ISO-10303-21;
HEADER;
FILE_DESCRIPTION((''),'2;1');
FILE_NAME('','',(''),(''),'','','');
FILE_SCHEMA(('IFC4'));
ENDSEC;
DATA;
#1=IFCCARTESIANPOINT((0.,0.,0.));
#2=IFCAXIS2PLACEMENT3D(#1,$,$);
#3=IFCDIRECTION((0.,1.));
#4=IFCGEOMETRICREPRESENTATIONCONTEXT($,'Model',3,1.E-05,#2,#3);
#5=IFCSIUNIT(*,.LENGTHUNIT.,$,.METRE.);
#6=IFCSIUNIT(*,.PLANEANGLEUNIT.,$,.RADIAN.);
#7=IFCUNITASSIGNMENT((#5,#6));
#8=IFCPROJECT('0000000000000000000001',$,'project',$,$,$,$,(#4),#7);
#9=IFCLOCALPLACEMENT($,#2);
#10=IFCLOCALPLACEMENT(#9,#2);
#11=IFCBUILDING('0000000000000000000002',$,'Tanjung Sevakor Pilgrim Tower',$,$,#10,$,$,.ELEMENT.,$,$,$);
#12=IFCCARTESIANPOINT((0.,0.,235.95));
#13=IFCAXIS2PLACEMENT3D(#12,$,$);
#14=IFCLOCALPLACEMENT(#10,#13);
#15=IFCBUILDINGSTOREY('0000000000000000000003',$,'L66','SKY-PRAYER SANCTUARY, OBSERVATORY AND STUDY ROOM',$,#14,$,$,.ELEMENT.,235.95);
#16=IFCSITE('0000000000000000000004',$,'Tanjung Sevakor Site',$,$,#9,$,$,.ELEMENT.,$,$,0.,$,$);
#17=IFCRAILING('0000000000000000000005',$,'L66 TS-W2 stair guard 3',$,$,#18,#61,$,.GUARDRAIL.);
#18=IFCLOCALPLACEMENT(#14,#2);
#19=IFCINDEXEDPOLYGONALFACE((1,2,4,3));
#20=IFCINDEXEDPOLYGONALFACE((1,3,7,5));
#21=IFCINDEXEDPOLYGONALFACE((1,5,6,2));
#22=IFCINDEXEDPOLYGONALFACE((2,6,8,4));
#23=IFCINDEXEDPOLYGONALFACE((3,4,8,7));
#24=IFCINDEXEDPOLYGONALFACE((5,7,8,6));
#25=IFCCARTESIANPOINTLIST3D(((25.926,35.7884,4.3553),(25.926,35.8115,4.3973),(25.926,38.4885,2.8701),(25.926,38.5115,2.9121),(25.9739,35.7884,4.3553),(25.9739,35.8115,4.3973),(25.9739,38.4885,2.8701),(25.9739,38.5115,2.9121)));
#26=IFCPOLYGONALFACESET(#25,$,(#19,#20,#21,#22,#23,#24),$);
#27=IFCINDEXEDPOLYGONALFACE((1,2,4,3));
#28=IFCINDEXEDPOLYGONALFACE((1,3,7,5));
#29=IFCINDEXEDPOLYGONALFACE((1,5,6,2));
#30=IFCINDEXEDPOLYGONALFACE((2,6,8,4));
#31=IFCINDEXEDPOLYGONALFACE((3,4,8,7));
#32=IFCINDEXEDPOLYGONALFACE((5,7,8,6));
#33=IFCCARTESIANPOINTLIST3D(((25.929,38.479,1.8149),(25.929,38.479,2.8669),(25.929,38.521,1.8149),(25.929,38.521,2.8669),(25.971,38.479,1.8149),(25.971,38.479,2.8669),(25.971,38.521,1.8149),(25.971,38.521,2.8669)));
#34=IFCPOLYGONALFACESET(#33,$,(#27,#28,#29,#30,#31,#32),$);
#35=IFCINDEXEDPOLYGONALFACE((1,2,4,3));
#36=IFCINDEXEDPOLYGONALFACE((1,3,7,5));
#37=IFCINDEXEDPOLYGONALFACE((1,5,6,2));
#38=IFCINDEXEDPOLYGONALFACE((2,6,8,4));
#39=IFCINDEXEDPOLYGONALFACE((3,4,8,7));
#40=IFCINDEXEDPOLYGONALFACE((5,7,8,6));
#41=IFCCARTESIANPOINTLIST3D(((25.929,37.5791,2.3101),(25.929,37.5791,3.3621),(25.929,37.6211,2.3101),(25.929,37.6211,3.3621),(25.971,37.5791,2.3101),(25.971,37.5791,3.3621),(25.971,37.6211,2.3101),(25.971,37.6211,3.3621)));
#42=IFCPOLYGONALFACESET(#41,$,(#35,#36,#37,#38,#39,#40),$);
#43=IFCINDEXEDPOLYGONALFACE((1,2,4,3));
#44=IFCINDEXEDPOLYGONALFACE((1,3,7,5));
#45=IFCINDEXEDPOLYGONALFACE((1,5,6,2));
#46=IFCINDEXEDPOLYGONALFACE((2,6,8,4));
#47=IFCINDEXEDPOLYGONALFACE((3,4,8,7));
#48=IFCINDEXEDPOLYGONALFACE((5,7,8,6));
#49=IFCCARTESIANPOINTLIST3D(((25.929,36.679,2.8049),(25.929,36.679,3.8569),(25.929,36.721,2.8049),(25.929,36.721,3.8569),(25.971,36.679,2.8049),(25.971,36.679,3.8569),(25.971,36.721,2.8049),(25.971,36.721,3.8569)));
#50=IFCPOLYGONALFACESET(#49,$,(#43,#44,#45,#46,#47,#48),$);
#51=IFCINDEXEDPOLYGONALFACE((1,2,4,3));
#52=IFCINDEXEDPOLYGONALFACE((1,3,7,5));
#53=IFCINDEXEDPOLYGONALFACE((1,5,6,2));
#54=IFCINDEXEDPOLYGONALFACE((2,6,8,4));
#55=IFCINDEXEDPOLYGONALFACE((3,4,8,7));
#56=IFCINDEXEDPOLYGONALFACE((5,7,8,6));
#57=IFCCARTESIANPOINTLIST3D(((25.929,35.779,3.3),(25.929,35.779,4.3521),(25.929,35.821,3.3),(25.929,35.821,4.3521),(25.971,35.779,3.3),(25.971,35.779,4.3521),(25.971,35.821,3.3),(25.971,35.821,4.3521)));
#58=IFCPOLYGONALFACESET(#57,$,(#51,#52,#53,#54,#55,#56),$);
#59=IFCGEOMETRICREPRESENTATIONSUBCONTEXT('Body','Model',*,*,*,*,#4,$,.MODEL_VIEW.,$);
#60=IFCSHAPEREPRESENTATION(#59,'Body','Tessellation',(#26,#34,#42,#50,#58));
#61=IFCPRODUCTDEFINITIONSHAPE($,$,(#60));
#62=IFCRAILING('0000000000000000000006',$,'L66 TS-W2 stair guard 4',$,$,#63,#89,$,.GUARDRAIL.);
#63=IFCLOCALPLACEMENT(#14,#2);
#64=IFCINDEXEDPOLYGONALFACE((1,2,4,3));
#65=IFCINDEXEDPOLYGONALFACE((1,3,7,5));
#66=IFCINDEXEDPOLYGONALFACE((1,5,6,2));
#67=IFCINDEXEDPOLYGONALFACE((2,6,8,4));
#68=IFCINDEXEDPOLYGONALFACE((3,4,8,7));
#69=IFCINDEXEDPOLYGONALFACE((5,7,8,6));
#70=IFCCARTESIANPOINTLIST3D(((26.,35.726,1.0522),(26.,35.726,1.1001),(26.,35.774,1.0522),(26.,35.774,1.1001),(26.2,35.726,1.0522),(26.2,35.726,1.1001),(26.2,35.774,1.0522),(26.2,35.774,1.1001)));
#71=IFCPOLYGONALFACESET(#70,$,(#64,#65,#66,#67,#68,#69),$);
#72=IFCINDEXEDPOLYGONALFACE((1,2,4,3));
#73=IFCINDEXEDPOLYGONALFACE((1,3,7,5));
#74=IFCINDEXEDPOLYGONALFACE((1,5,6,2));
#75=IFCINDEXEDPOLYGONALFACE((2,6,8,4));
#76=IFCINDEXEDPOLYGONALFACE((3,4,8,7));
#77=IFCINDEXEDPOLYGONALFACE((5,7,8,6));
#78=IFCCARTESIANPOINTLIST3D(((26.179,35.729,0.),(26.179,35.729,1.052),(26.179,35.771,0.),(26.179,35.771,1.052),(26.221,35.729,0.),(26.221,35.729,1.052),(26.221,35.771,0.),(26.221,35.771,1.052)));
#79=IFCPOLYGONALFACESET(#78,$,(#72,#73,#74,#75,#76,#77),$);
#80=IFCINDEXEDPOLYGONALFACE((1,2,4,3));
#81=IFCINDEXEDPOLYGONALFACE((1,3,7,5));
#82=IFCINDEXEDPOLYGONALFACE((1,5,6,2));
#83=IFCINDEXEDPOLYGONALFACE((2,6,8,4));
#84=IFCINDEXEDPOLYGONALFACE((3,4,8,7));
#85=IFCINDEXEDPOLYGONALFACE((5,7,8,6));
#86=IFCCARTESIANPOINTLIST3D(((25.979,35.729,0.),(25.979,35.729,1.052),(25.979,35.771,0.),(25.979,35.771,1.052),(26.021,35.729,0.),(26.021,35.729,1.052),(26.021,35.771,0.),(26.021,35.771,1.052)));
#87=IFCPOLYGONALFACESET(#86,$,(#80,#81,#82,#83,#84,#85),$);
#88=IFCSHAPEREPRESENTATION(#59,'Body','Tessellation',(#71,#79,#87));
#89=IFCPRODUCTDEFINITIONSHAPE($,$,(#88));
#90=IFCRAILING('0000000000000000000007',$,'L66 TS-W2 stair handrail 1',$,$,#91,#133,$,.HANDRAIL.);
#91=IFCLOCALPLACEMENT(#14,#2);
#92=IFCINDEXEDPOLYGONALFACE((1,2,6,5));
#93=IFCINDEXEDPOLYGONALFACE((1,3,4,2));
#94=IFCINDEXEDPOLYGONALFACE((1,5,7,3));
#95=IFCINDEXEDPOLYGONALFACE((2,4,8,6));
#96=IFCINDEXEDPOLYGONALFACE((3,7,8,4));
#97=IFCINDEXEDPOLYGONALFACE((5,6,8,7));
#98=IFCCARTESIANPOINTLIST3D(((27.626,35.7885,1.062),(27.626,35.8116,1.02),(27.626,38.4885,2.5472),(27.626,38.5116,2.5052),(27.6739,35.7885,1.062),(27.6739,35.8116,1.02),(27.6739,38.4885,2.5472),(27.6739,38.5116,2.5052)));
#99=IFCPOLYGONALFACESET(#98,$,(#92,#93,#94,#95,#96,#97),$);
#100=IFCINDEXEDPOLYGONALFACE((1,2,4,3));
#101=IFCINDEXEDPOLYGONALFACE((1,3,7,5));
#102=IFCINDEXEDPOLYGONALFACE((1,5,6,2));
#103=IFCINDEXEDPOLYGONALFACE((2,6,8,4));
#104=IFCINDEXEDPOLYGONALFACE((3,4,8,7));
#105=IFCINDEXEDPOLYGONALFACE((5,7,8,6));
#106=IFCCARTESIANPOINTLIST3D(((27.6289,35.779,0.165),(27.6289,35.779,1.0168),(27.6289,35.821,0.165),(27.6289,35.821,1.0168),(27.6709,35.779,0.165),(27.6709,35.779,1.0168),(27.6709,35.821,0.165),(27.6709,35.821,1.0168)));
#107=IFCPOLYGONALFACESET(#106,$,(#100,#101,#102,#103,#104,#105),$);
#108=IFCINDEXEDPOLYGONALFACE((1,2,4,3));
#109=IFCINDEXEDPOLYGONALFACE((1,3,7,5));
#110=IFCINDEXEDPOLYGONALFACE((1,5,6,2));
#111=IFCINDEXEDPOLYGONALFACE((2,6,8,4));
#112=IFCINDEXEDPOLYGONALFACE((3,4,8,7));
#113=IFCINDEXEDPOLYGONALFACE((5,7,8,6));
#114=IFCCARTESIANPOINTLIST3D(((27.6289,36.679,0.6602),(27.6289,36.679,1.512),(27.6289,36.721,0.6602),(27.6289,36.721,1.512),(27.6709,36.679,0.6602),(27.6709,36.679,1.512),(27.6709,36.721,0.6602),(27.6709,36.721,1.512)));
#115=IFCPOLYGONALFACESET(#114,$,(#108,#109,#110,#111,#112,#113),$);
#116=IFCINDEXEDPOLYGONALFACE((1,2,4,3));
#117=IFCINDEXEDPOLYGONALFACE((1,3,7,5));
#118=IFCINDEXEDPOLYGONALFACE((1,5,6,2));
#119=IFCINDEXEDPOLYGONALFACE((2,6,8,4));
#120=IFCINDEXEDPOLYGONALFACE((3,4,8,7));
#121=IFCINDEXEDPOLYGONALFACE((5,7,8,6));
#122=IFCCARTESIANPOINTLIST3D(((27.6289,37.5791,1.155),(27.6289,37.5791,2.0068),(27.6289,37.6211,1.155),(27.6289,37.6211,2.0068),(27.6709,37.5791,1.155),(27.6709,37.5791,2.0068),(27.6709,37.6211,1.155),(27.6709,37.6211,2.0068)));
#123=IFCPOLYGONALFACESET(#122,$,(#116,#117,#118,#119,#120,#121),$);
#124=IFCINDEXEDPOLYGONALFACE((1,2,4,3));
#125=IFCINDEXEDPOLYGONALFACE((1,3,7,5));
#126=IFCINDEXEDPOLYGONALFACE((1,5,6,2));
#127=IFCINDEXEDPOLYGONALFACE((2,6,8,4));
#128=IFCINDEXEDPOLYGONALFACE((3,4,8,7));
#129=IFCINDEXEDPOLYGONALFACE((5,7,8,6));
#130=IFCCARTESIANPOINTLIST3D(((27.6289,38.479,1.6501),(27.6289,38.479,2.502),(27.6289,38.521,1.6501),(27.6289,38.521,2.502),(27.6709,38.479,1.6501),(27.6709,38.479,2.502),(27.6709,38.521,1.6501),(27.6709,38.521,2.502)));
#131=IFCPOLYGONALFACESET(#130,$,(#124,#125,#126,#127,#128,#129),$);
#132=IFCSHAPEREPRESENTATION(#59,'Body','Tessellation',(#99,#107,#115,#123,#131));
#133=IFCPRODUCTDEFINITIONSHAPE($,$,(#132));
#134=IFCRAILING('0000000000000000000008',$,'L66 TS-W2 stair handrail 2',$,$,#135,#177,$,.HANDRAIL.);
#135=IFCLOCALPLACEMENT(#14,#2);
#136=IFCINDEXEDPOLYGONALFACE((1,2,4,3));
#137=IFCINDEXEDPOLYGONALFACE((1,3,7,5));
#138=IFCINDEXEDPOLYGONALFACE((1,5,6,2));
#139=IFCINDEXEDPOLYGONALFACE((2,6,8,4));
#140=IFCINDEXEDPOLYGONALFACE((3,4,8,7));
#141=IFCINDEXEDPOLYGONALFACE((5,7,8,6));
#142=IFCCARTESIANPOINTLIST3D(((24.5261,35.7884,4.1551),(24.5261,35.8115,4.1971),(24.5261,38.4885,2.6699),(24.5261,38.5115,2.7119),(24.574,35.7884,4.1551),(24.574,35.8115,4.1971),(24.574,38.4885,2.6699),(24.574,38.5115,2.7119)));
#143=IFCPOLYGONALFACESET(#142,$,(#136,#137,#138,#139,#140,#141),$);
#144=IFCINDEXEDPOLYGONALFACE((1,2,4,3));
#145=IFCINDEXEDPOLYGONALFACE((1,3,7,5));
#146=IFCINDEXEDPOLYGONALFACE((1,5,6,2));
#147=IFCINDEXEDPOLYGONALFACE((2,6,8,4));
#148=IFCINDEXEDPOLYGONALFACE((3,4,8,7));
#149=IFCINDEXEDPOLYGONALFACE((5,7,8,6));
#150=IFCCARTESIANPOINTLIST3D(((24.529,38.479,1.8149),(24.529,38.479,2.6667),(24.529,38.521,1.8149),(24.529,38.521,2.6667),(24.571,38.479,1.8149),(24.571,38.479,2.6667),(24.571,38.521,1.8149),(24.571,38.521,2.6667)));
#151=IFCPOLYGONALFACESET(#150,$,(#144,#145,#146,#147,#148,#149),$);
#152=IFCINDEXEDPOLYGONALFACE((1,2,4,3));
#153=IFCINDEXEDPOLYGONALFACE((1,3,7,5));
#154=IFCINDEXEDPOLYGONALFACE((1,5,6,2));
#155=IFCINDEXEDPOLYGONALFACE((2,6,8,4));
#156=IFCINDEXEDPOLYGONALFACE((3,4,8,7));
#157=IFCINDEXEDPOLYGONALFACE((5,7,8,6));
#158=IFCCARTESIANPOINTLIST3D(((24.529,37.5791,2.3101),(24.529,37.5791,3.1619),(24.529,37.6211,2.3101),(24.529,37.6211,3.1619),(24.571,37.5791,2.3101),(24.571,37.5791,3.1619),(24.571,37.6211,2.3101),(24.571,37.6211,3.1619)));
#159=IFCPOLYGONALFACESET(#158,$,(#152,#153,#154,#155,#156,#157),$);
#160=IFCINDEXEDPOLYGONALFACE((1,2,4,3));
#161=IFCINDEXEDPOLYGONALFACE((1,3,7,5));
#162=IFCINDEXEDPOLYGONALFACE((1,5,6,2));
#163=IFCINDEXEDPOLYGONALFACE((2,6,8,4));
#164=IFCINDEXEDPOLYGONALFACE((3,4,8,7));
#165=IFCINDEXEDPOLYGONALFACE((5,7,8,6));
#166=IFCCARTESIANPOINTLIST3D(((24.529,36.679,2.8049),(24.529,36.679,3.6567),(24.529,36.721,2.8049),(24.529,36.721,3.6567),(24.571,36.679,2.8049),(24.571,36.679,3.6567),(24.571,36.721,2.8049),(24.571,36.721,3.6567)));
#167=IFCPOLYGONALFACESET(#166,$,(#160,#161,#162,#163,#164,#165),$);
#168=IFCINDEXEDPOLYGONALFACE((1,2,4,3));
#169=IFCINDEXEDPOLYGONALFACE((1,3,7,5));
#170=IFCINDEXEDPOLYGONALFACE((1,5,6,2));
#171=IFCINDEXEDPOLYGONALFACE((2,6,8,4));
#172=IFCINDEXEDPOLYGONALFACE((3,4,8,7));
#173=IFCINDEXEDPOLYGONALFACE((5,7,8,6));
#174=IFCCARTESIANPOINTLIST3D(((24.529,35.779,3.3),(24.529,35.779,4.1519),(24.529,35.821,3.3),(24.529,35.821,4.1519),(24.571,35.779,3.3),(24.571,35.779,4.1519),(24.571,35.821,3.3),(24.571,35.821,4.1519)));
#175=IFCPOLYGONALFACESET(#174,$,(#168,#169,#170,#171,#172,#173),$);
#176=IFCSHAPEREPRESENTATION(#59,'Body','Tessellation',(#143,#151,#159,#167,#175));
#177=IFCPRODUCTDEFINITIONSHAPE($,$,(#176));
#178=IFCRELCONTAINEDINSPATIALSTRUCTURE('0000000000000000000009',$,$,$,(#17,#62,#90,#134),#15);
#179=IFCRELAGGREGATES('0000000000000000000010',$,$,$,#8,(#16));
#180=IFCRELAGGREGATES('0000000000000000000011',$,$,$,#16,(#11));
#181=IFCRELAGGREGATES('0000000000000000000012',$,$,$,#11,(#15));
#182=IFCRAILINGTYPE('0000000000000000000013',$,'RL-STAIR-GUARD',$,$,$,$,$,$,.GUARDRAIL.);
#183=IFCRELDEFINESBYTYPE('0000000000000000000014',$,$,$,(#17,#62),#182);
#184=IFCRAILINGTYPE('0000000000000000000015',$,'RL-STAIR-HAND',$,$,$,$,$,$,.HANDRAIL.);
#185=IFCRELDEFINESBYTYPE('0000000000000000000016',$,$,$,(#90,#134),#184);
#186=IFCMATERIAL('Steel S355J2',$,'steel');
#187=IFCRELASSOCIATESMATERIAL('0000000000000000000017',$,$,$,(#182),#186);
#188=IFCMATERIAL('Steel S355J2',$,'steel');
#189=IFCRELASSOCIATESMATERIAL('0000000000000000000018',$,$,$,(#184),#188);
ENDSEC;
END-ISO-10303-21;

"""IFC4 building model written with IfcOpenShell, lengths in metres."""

from ifc_helpers import new_model, si_unit, direction, frame, origin, place, context, subcontext, project, spatial, rectangle, extrude, material, type_object, element, save


model = new_model("IFC4")

# Units and contexts
model_context = context("Model", 3, precision=1e-05, world=origin(), true_north=direction((0.0, 1.0)))
body_context = subcontext(model_context, "Body", "Model", "MODEL_VIEW")
ifc_project = project(units=[si_unit("LENGTHUNIT", "METRE"), si_unit("PLANEANGLEUNIT", "RADIAN")], contexts=[model_context])

# Site, building, storey
site_placement = place(None, origin())
site = spatial("IfcSite", under=ifc_project, at=site_placement, Name="Tanjung Sevakor Site", CompositionType="ELEMENT", RefElevation=0.0)
building_placement = place(site_placement, origin())
building = spatial("IfcBuilding", under=site, at=building_placement, Name="Tanjung Sevakor Pilgrim Tower", CompositionType="ELEMENT")
storey_placement = place(building_placement, frame((0.0, 0.0, 235.95)))
storey = spatial("IfcBuildingStorey", under=building, at=storey_placement, Name="L66", Description="SKY-PRAYER SANCTUARY, OBSERVATORY AND STUDY ROOM", CompositionType="ELEMENT", Elevation=235.95)

# Railings
ifc_material_1 = material(Name="Steel S355J2", Category="steel")
railing_type_1 = type_object("IfcRailingType", Name="RL-STAIR-GUARD", PredefinedType="GUARDRAIL", material=ifc_material_1)
railing_1_placement = place(storey_placement, frame((25.95, 38.5, 1.8149)))
element("IfcRailing", 1, at=railing_1_placement, inside=storey, type_object=railing_type_1, Name="L66 TS-W2 stair guard 3", PredefinedType="GUARDRAIL", context=body_context, shape_type="SweptSolid", body=[
    extrude(rectangle(XDim=0.0479, YDim=0.0479), frame((0.0, 0.0, 1.0762), z_axis=(0.0, -0.876198, 0.481952), x_axis=(1.0, 0.0, 0.0)), (0.0, 0.0, 1.0), 3.0815),
    extrude(rectangle(XDim=0.042, YDim=0.042), origin(), (0.0, 0.0, 1.0), 1.052),
    extrude(rectangle(XDim=0.042, YDim=0.042), frame((0.0, -0.8999, 0.4951)), (0.0, 0.0, 1.0), 1.052),
    extrude(rectangle(XDim=0.042, YDim=0.042), frame((0.0, -1.8, 0.99)), (0.0, 0.0, 1.0), 1.052),
    extrude(rectangle(XDim=0.042, YDim=0.042), frame((0.0, -2.7, 1.4851)), (0.0, 0.0, 1.0), 1.052),
])
railing_2_placement = place(storey_placement, frame((26.2, 35.75, 0.0)))
element("IfcRailing", 2, at=railing_2_placement, inside=storey, type_object=railing_type_1, Name="L66 TS-W2 stair guard 4", PredefinedType="GUARDRAIL", context=body_context, shape_type="SweptSolid", body=[
    extrude(rectangle(XDim=0.0479, YDim=0.0479), frame((0.0, 0.0, 1.0762), z_axis=(-1.0, 0.0, 0.0), x_axis=(0.0, -1.0, 0.0)), (0.0, 0.0, 1.0), 0.2),
    extrude(rectangle(XDim=0.042, YDim=0.042), origin(), (0.0, 0.0, 1.0), 1.052),
    extrude(rectangle(XDim=0.042, YDim=0.042), frame((-0.2, 0.0, 0.0)), (0.0, 0.0, 1.0), 1.052),
])
ifc_material_2 = material(Name="Steel S355J2", Category="steel")
railing_type_2 = type_object("IfcRailingType", Name="RL-STAIR-HAND", PredefinedType="HANDRAIL", material=ifc_material_2)
railing_3_placement = place(storey_placement, frame((27.6499, 35.8, 0.165)))
element("IfcRailing", 3, at=railing_3_placement, inside=storey, type_object=railing_type_2, Name="L66 TS-W2 stair handrail 1", PredefinedType="HANDRAIL", context=body_context, shape_type="SweptSolid", body=[
    extrude(rectangle(XDim=0.0479, YDim=0.0479), frame((0.0, 0.0, 0.876), z_axis=(0.0, 0.876198, 0.481952), x_axis=(-1.0, 0.0, 0.0)), (0.0, 0.0, 1.0), 3.0815),
    extrude(rectangle(XDim=0.042, YDim=0.042), origin(), (0.0, 0.0, 1.0), 0.8518),
    extrude(rectangle(XDim=0.042, YDim=0.042), frame((0.0, 0.8999, 0.4951)), (0.0, 0.0, 1.0), 0.8518),
    extrude(rectangle(XDim=0.042, YDim=0.042), frame((0.0, 1.8, 0.99)), (0.0, 0.0, 1.0), 0.8518),
    extrude(rectangle(XDim=0.042, YDim=0.042), frame((0.0, 2.7, 1.4851)), (0.0, 0.0, 1.0), 0.8518),
])
railing_4_placement = place(storey_placement, frame((24.55, 38.5, 1.8149)))
element("IfcRailing", 4, at=railing_4_placement, inside=storey, type_object=railing_type_2, Name="L66 TS-W2 stair handrail 2", PredefinedType="HANDRAIL", context=body_context, shape_type="SweptSolid", body=[
    extrude(rectangle(XDim=0.0479, YDim=0.0479), frame((0.0, 0.0, 0.876), z_axis=(0.0, -0.876198, 0.481952), x_axis=(1.0, 0.0, 0.0)), (0.0, 0.0, 1.0), 3.0815),
    extrude(rectangle(XDim=0.042, YDim=0.042), origin(), (0.0, 0.0, 1.0), 0.8518),
    extrude(rectangle(XDim=0.042, YDim=0.042), frame((0.0, -0.8999, 0.4951)), (0.0, 0.0, 1.0), 0.8518),
    extrude(rectangle(XDim=0.042, YDim=0.042), frame((0.0, -1.8, 0.99)), (0.0, 0.0, 1.0), 0.8518),
    extrude(rectangle(XDim=0.042, YDim=0.042), frame((0.0, -2.7, 1.4851)), (0.0, 0.0, 1.0), 0.8518),
])

save(model, "model.ifc")
